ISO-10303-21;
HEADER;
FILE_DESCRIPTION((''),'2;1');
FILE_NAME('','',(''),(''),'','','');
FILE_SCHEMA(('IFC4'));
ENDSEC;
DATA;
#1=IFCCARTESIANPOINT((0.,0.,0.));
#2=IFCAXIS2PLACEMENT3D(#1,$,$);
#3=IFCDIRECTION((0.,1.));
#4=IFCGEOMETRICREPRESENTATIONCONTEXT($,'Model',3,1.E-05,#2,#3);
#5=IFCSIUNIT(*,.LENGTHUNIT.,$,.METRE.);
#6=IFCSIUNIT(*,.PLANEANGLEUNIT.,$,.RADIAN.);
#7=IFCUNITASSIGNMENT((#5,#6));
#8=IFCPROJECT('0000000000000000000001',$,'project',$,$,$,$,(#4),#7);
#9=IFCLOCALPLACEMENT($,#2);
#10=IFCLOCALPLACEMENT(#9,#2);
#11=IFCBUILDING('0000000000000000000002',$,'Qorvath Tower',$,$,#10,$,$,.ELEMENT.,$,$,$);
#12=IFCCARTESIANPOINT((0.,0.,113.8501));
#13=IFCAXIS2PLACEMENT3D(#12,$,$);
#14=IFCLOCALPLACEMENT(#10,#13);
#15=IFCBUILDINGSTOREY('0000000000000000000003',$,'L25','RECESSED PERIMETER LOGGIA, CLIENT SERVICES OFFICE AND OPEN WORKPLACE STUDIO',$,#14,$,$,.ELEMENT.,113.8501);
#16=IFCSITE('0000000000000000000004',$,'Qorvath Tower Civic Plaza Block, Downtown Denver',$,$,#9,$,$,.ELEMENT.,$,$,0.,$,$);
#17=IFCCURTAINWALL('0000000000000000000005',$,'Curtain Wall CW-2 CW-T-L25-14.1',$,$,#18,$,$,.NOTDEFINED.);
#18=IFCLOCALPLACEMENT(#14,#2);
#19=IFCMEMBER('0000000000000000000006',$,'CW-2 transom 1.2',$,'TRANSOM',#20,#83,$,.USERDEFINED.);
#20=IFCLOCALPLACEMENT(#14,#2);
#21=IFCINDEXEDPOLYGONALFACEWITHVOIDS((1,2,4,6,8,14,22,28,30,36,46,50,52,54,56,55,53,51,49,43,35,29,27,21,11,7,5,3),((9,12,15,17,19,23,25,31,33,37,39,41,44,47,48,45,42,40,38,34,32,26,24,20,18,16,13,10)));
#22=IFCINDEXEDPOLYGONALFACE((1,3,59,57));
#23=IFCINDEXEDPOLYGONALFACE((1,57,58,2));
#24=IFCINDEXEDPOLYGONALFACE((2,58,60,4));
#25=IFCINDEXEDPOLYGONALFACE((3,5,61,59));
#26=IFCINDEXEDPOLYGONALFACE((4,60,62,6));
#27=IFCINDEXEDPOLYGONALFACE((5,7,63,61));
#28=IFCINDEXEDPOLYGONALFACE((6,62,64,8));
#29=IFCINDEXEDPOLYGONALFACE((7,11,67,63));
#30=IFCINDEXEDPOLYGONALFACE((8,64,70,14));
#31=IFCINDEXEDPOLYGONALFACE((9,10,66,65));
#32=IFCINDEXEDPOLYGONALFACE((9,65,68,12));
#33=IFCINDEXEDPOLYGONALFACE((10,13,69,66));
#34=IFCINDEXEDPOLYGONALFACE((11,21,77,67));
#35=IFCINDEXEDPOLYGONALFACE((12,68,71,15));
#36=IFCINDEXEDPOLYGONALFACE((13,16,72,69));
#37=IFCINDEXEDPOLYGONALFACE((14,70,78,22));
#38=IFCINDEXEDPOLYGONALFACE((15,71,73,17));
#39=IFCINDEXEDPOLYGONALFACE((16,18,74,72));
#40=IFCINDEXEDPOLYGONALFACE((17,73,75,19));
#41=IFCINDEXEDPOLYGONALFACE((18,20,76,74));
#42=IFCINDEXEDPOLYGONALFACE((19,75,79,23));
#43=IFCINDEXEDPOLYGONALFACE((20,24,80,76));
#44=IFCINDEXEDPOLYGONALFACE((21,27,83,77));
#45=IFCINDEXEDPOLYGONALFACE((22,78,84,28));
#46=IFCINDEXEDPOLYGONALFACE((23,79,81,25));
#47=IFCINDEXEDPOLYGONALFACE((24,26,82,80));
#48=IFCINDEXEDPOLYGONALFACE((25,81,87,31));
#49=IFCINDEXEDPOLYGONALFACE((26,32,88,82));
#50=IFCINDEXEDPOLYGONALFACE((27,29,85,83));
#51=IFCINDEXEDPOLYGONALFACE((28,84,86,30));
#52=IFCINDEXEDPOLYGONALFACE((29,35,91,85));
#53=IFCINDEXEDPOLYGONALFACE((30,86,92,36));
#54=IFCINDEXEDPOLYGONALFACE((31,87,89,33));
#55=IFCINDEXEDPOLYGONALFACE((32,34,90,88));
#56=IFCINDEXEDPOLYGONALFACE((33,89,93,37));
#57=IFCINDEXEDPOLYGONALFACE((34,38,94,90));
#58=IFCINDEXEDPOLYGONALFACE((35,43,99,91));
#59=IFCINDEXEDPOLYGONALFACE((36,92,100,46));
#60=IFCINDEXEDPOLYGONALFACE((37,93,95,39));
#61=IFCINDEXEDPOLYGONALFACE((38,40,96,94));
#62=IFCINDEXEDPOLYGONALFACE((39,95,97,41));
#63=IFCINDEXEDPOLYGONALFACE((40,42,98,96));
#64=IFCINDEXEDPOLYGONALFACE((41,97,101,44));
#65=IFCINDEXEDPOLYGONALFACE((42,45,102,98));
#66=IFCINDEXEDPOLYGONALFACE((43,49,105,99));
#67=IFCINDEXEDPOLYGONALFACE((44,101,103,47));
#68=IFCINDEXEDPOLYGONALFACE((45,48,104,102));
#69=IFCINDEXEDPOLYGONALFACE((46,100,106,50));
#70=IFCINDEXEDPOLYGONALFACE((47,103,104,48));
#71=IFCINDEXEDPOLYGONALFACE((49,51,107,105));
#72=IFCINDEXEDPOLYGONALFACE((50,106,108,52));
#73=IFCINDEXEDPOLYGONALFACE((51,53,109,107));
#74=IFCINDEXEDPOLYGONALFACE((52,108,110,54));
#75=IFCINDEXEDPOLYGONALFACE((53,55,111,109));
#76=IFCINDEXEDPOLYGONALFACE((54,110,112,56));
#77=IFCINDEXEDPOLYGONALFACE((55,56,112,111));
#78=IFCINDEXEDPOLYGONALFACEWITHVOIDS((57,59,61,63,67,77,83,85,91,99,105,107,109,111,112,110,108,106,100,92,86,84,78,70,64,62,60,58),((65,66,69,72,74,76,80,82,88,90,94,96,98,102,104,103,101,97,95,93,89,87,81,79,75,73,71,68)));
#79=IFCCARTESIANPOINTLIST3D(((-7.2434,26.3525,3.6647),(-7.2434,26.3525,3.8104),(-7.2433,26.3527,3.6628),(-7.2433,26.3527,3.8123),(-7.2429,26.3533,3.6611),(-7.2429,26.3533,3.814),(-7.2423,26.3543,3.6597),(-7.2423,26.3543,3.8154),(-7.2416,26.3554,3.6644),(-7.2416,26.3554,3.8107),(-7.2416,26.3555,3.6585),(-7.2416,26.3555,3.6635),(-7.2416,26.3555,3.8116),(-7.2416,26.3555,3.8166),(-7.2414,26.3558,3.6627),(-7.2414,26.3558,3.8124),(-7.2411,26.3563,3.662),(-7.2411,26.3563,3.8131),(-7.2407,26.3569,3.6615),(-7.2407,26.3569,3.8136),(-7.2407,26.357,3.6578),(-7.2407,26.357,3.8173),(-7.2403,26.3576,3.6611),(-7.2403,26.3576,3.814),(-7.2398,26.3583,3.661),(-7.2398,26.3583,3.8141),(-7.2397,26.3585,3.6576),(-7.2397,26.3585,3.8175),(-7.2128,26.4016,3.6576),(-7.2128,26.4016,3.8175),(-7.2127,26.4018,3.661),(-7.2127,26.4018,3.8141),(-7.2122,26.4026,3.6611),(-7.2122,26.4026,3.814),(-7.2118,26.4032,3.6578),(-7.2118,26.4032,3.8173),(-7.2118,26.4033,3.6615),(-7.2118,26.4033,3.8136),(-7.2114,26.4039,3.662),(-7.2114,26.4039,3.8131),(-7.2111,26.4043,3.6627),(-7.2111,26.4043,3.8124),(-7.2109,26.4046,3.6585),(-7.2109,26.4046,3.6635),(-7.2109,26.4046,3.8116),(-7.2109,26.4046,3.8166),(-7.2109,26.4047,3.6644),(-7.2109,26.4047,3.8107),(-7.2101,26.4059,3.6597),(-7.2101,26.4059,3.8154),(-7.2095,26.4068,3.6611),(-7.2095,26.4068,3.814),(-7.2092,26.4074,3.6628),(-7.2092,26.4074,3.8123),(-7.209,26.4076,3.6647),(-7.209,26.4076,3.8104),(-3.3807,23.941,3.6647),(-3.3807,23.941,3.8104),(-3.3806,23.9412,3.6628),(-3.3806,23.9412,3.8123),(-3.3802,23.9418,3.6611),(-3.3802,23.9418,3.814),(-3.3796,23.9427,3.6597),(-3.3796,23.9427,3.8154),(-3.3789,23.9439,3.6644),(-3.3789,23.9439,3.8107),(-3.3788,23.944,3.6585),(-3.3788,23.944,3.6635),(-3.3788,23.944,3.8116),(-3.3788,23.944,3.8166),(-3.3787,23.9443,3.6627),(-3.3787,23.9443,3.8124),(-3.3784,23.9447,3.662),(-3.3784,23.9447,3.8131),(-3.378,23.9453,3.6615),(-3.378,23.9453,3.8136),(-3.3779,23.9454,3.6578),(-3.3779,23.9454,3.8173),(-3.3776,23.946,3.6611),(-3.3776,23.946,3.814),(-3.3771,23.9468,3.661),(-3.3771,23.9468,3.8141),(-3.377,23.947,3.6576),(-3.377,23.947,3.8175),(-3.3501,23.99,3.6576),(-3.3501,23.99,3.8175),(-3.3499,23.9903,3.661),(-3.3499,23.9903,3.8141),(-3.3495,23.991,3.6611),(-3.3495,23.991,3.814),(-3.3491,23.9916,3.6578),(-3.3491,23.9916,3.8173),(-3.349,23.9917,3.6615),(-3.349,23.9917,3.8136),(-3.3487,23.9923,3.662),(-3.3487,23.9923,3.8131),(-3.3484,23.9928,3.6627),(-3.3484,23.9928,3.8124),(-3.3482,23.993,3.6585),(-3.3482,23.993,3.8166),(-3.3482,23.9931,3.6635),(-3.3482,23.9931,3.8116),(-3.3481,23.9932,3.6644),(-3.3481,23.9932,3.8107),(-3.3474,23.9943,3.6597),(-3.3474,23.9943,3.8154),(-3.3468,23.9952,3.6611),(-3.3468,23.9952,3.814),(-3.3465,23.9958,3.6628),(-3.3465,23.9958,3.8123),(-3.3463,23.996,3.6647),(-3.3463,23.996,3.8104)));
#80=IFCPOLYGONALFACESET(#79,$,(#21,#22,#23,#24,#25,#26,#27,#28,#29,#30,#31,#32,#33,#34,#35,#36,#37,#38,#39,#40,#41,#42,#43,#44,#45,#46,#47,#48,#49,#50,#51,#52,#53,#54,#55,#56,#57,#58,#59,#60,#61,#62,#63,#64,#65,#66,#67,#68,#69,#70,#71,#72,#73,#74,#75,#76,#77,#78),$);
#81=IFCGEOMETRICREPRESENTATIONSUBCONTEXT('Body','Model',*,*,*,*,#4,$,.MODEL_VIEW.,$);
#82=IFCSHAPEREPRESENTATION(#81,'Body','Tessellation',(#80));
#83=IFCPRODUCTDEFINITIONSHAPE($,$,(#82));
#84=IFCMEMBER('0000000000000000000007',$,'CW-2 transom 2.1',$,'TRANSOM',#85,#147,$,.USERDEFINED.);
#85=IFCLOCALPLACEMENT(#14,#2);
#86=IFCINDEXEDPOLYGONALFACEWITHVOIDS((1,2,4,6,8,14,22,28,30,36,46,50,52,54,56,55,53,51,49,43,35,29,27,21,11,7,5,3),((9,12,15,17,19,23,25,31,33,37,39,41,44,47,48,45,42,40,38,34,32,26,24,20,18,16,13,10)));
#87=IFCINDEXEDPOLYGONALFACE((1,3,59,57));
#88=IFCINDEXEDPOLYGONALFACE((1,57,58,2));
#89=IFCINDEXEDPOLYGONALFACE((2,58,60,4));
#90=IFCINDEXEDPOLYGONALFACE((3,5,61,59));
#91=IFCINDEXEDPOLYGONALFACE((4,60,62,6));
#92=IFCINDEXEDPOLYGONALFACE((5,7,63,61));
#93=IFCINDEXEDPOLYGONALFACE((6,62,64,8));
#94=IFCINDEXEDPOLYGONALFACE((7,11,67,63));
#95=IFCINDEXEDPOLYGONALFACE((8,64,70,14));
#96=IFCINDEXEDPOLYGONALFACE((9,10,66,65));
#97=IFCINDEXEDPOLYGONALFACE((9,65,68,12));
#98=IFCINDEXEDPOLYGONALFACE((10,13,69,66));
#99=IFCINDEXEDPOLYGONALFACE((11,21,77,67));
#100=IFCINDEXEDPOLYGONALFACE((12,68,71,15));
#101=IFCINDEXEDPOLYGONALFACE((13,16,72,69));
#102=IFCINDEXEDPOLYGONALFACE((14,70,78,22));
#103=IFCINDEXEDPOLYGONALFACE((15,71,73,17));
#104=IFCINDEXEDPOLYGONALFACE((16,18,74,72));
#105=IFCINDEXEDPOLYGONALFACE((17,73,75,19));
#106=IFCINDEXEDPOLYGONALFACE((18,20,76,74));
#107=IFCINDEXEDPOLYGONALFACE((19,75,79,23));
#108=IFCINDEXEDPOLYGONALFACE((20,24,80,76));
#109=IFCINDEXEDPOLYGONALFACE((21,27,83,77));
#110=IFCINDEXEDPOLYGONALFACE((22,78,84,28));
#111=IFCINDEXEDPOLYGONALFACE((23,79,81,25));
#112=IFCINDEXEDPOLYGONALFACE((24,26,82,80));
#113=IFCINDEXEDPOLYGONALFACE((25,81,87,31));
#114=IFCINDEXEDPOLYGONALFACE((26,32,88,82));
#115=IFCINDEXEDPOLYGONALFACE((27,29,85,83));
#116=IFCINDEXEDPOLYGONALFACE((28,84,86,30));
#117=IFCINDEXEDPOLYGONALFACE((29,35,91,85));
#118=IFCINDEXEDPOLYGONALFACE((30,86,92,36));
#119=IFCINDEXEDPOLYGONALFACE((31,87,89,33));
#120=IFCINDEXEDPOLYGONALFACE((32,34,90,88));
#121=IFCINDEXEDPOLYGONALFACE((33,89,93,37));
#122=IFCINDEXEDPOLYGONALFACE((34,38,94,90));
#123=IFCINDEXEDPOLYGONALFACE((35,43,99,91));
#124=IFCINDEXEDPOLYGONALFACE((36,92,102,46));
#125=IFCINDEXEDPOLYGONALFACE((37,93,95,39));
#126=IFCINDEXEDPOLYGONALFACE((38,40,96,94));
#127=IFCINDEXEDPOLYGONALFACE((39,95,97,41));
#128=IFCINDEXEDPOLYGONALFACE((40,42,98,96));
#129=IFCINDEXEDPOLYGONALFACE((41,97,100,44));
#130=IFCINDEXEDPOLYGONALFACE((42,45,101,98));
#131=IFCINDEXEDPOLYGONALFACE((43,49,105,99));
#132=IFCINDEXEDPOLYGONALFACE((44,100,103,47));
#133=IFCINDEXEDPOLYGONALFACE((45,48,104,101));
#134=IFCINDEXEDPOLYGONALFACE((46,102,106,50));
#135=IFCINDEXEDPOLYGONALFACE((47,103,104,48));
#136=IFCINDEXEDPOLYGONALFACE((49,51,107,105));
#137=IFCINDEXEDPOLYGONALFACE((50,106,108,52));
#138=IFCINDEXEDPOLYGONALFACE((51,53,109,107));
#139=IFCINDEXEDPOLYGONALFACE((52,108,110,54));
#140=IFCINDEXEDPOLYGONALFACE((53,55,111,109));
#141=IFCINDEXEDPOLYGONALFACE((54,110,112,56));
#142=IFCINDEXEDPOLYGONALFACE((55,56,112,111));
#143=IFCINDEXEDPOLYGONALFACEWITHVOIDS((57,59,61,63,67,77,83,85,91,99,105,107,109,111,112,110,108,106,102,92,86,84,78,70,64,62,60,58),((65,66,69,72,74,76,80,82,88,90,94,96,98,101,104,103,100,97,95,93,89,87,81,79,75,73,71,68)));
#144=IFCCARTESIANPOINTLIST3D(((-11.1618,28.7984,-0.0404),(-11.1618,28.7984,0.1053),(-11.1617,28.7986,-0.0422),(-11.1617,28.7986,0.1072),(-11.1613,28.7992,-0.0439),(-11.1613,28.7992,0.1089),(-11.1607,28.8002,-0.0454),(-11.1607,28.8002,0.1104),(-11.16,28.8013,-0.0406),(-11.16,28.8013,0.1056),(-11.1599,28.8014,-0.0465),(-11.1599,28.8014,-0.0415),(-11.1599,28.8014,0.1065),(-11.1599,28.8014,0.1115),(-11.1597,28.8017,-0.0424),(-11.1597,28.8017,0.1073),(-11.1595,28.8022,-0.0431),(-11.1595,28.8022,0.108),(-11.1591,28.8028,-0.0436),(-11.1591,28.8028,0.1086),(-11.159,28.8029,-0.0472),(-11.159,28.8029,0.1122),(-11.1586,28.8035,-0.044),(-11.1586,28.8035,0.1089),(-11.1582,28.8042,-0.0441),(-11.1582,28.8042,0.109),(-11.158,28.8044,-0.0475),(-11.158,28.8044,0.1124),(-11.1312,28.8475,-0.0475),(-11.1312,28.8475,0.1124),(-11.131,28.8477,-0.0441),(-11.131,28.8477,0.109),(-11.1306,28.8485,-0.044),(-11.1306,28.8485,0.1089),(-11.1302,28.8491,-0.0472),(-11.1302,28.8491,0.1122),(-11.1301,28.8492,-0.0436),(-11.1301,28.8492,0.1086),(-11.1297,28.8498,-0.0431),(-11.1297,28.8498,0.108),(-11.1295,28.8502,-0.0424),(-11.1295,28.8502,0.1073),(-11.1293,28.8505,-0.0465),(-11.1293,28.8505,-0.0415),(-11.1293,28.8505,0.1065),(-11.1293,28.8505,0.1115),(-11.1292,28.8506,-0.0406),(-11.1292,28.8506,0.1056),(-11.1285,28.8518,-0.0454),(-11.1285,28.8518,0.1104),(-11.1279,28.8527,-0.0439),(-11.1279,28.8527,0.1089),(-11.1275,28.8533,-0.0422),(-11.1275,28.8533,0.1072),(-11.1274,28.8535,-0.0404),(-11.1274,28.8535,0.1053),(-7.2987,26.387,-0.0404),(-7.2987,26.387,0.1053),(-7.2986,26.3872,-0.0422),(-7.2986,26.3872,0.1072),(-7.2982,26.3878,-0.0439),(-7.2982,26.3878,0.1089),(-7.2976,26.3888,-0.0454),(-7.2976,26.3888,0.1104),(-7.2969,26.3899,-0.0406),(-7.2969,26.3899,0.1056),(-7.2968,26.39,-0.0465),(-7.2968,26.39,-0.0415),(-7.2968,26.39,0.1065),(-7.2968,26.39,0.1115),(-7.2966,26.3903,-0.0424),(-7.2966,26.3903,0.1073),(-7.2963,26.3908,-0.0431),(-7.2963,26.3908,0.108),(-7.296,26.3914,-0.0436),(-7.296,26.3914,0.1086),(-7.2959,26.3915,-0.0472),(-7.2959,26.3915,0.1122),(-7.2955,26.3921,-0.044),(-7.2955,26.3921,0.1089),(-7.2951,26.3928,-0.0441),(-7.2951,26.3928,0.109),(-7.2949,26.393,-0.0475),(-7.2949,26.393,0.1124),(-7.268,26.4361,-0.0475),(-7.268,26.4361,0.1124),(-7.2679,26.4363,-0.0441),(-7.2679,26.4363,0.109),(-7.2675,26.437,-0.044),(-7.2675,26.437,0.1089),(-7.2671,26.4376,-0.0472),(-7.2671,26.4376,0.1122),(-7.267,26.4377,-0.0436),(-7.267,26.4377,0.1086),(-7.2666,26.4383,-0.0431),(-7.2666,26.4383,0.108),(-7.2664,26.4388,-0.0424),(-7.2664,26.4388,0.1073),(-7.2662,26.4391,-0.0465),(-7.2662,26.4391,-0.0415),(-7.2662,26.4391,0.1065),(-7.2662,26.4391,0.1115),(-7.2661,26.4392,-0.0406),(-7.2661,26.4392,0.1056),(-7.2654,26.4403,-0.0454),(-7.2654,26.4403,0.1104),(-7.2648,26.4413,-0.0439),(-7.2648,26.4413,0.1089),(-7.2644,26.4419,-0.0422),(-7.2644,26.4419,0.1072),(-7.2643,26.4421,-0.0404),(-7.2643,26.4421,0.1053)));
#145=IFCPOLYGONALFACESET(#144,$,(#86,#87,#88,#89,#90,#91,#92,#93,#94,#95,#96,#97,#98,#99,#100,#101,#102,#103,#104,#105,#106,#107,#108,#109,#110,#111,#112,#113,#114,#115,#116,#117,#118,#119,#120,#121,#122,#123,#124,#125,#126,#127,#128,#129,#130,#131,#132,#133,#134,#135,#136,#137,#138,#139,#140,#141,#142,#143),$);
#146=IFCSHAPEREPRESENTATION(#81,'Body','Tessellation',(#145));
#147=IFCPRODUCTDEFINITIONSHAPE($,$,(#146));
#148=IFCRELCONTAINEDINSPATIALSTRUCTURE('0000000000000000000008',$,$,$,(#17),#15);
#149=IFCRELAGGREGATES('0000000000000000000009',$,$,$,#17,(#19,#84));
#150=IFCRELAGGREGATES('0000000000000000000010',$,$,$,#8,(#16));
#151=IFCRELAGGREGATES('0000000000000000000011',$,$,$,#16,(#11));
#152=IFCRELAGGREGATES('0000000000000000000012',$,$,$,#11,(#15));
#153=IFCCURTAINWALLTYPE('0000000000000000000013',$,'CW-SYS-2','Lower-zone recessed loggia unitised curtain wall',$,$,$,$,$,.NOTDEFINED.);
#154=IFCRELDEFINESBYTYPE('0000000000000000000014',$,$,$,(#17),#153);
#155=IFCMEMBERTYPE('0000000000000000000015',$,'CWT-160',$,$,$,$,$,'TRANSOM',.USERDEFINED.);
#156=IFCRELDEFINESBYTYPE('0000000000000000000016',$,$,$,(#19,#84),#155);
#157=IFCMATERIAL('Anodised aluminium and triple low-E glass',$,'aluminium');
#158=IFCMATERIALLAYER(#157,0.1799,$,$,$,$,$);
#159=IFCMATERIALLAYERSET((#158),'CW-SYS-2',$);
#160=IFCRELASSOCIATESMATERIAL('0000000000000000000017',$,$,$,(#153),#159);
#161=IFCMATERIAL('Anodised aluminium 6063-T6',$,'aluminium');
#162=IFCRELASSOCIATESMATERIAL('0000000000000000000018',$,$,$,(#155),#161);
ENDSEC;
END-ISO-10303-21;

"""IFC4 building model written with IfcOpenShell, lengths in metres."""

from ifc_helpers import new_model, si_unit, direction, frame, origin, origin_2d, place, context, subcontext, project, spatial, hollow_rectangle, extrude, material, layer, layer_set, material_profile, profile_set, type_object, element, aggregate, save


model = new_model("IFC4")

# Units and contexts
model_context = context("Model", 3, precision=1e-05, world=origin(), true_north=direction((0.0, 1.0)))
body_context = subcontext(model_context, "Body", "Model", "MODEL_VIEW")
ifc_project = project(units=[si_unit("LENGTHUNIT", "METRE"), si_unit("PLANEANGLEUNIT", "RADIAN")], contexts=[model_context])

# Site, building, storey
site_placement = place(None, origin())
site = spatial("IfcSite", under=ifc_project, at=site_placement, Name="Qorvath Tower Civic Plaza Block, Downtown Denver", CompositionType="ELEMENT", RefElevation=0.0)
building_placement = place(site_placement, origin())
building = spatial("IfcBuilding", under=site, at=building_placement, Name="Qorvath Tower", CompositionType="ELEMENT")
storey_placement = place(building_placement, frame((0.0, 0.0, 113.8501)))
storey = spatial("IfcBuildingStorey", under=building, at=storey_placement, Name="L25", Description="RECESSED PERIMETER LOGGIA, CLIENT SERVICES OFFICE AND OPEN WORKPLACE STUDIO", CompositionType="ELEMENT", Elevation=113.8501)

# Shared definitions
ifc_material_1 = material(Name="Anodised aluminium and triple low-E glass", Category="aluminium")
ifc_layer_1 = layer(ifc_material_1, 0.1799)
ifc_layer_set_1 = layer_set([ifc_layer_1], Name="CW-SYS-2")
curtain_wall_type = type_object("IfcCurtainWallType", Name="CW-SYS-2", Description="Lower-zone recessed loggia unitised curtain wall", PredefinedType="NOTDEFINED", material=ifc_layer_set_1)

# Curtain wall
curtain_wall_1_placement = place(storey_placement, origin())
curtain_wall_1 = element("IfcCurtainWall", 1, at=curtain_wall_1_placement, inside=storey, type_object=curtain_wall_type, Name="Curtain Wall CW-2 CW-T-L25-14.1", PredefinedType="NOTDEFINED")

# Members
ifc_material_2 = material(Name="Anodised aluminium 6063-T6", Category="aluminium")
ifc_material_profile_1 = material_profile(ifc_material_2, hollow_rectangle(XDim=0.0649, YDim=0.1599, WallThickness=0.0034, InnerFilletRadius=0.0034, OuterFilletRadius=0.0071, at=origin_2d()), Name="CWT 160x65")
ifc_profile_set_1 = profile_set([ifc_material_profile_1], Name="Anodised aluminium 6063-T6")
member_type_1 = type_object("IfcMemberType", Name="CWT-160", ElementType="TRANSOM", PredefinedType="USERDEFINED", material=ifc_profile_set_1)
member_1_placement = place(storey_placement, frame((-3.3635, 23.9685, 3.7375), z_axis=(-0.848257, 0.529584, 0.0), x_axis=(-0.529584, -0.848257, 0.0)))
member_1 = element("IfcMember", 2, at=member_1_placement, type_object=member_type_1, Name="CW-2 transom 1.2", ObjectType="TRANSOM", PredefinedType="USERDEFINED", context=body_context, shape_type="SweptSolid", body=[
    extrude(hollow_rectangle(XDim=0.0649, YDim=0.1599, WallThickness=0.0034, InnerFilletRadius=0.0034, OuterFilletRadius=0.0071, at=origin_2d()), origin(), (0.0, 0.0, 1.0), 4.5537),
])
member_2_placement = place(storey_placement, frame((-7.2815, 26.4146, 0.0325), z_axis=(-0.848296, 0.529522, 0.0), x_axis=(-0.529522, -0.848296, 0.0)))
member_2 = element("IfcMember", 3, at=member_2_placement, type_object=member_type_1, Name="CW-2 transom 2.1", ObjectType="TRANSOM", PredefinedType="USERDEFINED", context=body_context, shape_type="SweptSolid", body=[
    extrude(hollow_rectangle(XDim=0.0649, YDim=0.1599, WallThickness=0.0034, InnerFilletRadius=0.0034, OuterFilletRadius=0.0071, at=origin_2d()), origin(), (0.0, 0.0, 1.0), 4.554),
])

aggregate(curtain_wall_1, [member_1, member_2])

save(model, "model.ifc")
